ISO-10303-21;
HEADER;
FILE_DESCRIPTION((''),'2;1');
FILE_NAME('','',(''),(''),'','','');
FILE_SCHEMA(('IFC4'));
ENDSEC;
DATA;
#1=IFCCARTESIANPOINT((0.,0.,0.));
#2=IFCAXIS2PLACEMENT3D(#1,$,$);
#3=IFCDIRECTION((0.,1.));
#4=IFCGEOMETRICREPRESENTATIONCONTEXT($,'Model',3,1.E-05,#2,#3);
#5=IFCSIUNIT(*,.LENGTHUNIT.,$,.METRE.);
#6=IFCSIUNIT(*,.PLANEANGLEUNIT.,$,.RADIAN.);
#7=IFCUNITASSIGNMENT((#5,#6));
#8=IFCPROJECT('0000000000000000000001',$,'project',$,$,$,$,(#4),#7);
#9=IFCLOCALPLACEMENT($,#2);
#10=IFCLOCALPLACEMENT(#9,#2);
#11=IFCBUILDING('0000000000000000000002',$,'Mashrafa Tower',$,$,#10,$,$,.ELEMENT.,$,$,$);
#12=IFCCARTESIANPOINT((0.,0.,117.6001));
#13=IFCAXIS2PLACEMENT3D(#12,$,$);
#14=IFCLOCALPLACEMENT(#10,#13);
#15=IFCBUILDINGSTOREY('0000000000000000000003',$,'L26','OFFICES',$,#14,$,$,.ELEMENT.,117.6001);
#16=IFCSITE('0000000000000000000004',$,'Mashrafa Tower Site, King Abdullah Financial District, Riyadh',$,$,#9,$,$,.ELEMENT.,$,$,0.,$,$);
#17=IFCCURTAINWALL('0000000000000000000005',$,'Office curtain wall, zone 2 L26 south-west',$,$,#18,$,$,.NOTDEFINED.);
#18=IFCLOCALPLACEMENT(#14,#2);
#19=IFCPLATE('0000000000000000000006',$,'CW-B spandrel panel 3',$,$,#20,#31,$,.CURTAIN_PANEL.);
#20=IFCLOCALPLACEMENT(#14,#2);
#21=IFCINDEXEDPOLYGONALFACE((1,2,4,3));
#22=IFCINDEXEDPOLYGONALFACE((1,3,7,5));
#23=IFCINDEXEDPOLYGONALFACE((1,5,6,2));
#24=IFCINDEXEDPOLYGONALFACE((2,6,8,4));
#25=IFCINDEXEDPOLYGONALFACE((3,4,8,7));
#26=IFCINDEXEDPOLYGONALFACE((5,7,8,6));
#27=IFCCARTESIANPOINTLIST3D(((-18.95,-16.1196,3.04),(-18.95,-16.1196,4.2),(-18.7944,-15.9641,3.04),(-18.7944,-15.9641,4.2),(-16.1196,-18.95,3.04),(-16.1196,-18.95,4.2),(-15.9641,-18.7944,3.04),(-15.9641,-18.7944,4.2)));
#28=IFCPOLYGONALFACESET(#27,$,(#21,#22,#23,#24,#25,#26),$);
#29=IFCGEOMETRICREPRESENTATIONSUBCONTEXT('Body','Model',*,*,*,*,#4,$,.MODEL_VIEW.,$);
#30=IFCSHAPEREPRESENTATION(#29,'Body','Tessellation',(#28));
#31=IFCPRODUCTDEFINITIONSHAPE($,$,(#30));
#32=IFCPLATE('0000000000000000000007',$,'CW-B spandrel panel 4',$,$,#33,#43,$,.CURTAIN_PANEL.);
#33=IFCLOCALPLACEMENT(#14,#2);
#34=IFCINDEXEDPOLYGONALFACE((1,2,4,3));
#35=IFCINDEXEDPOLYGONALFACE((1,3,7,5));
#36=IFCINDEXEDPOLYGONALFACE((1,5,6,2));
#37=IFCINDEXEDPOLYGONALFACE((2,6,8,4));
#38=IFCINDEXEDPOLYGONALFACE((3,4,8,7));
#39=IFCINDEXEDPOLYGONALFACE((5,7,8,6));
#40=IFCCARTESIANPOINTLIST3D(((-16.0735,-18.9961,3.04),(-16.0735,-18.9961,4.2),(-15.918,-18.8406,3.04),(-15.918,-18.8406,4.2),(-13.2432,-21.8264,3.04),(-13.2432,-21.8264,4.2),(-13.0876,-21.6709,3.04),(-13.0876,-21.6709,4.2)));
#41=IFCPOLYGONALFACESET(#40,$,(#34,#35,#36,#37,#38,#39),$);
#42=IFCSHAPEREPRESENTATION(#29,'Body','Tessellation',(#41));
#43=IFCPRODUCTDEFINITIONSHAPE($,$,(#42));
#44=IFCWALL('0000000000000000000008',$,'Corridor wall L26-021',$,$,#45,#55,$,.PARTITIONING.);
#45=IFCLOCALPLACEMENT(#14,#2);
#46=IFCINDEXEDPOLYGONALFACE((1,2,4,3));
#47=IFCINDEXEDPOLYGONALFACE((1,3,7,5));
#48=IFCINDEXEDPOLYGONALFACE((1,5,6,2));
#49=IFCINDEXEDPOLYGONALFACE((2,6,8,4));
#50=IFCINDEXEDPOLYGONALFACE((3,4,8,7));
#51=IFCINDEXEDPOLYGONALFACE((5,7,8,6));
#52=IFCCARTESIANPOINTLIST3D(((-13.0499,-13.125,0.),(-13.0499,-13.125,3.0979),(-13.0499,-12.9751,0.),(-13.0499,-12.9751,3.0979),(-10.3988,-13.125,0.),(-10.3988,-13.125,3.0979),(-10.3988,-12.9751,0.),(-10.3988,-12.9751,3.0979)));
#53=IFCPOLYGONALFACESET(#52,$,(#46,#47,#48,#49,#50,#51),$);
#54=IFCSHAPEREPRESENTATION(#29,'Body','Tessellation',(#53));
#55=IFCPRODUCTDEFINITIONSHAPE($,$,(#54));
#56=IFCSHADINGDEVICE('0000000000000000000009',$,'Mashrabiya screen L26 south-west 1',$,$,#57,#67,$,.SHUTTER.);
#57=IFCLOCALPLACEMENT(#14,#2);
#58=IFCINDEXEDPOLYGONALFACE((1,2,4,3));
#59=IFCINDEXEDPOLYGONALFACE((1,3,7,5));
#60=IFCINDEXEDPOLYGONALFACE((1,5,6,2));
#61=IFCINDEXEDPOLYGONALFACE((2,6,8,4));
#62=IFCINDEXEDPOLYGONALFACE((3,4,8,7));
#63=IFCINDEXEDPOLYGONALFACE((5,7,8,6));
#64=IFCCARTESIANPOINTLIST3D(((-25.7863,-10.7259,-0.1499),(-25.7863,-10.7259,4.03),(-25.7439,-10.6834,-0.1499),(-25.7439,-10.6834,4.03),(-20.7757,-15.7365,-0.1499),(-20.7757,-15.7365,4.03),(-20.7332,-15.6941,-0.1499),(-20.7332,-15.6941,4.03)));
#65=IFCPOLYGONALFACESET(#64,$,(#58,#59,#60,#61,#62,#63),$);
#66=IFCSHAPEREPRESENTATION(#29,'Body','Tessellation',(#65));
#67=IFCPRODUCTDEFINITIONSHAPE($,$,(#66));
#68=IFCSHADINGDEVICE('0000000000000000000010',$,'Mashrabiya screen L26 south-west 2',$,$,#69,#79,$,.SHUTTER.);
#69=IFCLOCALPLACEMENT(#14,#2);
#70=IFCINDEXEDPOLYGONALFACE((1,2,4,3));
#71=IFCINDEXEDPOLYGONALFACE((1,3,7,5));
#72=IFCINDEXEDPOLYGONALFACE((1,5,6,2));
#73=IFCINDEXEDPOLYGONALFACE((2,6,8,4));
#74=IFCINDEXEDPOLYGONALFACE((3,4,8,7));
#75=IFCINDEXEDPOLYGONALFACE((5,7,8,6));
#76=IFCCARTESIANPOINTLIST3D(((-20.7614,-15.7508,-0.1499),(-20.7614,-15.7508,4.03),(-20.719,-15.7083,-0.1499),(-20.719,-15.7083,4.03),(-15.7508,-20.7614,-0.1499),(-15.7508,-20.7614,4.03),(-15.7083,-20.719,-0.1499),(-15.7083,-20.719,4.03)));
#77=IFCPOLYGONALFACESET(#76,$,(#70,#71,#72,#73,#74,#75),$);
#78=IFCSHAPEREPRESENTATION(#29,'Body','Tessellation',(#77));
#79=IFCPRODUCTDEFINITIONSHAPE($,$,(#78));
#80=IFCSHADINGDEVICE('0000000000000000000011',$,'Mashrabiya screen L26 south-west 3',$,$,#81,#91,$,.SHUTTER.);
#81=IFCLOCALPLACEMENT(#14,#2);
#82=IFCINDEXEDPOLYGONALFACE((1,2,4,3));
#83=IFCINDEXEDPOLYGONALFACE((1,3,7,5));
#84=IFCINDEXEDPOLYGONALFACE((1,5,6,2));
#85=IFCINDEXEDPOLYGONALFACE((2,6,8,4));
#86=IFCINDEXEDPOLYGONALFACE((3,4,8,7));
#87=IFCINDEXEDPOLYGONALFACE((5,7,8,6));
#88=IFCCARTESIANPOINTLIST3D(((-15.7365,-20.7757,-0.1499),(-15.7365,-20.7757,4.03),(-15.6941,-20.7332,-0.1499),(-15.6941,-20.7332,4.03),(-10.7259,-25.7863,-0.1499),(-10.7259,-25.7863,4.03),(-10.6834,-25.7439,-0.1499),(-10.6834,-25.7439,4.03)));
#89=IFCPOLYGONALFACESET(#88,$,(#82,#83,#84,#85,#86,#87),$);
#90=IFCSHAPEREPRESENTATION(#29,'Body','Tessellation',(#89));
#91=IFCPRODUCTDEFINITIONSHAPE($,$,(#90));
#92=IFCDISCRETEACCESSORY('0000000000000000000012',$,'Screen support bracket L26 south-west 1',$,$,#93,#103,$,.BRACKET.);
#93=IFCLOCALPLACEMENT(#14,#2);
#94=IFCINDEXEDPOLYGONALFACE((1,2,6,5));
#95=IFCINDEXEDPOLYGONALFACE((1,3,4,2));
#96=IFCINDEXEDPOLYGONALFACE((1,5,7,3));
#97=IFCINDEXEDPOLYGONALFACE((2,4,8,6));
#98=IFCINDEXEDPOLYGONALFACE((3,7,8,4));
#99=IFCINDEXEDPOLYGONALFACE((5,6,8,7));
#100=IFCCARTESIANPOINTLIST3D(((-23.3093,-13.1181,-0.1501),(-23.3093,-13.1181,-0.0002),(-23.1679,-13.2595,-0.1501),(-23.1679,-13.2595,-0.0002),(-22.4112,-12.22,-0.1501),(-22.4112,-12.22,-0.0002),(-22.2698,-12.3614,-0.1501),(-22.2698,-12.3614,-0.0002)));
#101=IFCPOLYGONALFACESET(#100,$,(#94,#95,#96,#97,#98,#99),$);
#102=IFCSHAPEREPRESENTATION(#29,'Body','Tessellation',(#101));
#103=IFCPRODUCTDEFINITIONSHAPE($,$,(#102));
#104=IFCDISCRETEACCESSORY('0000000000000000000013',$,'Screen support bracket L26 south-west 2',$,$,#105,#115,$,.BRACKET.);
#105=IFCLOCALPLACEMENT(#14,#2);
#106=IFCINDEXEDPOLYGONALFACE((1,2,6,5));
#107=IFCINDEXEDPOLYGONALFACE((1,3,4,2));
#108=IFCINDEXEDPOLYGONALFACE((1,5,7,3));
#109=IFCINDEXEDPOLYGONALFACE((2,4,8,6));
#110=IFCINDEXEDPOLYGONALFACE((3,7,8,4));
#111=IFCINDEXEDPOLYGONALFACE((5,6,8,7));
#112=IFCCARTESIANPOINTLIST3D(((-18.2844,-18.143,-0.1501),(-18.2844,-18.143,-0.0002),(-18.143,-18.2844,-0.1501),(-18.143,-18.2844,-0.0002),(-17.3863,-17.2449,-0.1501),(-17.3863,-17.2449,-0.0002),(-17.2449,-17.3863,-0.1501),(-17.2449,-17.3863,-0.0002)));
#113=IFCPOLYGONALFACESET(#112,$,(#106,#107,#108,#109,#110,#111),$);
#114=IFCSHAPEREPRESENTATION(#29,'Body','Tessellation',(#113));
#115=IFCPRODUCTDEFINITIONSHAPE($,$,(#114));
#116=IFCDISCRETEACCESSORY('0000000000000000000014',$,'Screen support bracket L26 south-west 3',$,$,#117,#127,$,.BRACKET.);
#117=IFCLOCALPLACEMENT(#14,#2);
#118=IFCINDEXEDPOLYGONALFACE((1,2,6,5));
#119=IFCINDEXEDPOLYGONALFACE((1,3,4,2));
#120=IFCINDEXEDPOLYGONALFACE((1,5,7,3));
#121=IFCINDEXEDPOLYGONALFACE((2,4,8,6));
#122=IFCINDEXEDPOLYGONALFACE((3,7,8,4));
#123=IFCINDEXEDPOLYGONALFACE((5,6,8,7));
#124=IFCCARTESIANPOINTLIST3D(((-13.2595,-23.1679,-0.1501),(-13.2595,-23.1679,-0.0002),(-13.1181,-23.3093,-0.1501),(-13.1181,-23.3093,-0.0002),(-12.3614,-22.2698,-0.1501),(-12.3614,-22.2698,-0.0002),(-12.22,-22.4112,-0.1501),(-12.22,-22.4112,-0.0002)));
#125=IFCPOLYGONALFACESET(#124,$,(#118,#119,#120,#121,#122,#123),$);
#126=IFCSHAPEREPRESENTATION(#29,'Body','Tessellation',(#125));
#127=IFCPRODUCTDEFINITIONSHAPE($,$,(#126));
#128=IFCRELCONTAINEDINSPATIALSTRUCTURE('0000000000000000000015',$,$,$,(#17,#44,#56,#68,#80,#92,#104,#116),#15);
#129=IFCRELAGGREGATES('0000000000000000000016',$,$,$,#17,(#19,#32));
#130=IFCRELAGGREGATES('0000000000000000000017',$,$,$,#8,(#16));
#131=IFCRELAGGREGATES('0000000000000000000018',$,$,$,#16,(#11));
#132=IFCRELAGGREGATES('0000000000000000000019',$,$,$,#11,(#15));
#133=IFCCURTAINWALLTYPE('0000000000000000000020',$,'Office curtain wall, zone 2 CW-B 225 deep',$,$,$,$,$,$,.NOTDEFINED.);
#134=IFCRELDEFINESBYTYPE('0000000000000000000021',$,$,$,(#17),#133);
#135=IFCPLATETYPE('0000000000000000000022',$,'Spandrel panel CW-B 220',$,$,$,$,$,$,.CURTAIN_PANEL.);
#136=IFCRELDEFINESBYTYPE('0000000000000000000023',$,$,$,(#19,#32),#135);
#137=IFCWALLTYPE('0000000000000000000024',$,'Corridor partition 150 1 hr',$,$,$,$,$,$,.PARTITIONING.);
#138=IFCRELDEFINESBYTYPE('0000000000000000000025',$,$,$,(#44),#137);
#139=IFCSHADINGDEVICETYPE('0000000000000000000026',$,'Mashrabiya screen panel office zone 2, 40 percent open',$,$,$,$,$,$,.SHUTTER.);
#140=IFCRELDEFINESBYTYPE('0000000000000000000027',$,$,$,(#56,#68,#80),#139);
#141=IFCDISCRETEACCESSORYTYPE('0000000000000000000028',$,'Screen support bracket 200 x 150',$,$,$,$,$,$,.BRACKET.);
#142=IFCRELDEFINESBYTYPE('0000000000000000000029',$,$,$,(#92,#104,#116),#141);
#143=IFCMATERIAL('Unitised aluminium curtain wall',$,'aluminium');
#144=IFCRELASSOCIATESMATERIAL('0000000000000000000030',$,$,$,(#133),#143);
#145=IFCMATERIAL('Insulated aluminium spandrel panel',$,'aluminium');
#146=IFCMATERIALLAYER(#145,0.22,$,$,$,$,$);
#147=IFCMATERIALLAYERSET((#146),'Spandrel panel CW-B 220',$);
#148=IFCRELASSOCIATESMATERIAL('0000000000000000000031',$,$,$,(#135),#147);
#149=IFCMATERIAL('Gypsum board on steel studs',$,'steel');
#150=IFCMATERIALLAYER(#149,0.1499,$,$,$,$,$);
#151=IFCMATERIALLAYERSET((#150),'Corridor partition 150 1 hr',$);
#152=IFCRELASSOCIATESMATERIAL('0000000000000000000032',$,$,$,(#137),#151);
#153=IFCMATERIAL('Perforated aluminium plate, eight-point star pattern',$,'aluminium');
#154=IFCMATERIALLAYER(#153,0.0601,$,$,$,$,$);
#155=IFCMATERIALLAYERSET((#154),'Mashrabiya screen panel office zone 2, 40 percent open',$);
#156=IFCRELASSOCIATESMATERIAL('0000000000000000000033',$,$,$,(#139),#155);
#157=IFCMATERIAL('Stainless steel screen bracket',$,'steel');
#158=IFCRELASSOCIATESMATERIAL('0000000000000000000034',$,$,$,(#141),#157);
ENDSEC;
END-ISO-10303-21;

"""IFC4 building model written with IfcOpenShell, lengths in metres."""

from ifc_helpers import new_model, si_unit, direction, frame, frame_2d, origin, origin_2d, place, context, subcontext, project, spatial, rectangle, extrude, source, transform, mapped, material, layer, layer_set, type_object, type_shapes, element, aggregate, save


model = new_model("IFC4")

# Units and contexts
model_context = context("Model", 3, precision=1e-05, world=origin(), true_north=direction((0.0, 1.0)))
body_context = subcontext(model_context, "Body", "Model", "MODEL_VIEW")
ifc_project = project(units=[si_unit("LENGTHUNIT", "METRE"), si_unit("PLANEANGLEUNIT", "RADIAN")], contexts=[model_context])

# Site, building, storey
site_placement = place(None, origin())
site = spatial("IfcSite", under=ifc_project, at=site_placement, Name="Mashrafa Tower Site, King Abdullah Financial District, Riyadh", CompositionType="ELEMENT", RefElevation=0.0)
building_placement = place(site_placement, origin())
building = spatial("IfcBuilding", under=site, at=building_placement, Name="Mashrafa Tower", CompositionType="ELEMENT")
storey_placement = place(building_placement, frame((0.0, 0.0, 117.6001)))
storey = spatial("IfcBuildingStorey", under=building, at=storey_placement, Name="L26", Description="OFFICES", CompositionType="ELEMENT", Elevation=117.6001)

# Curtain wall, plates
ifc_material_1 = material(Name="Unitised aluminium curtain wall", Category="aluminium")
curtain_wall_type = type_object("IfcCurtainWallType", Name="Office curtain wall, zone 2 CW-B 225 deep", PredefinedType="NOTDEFINED", material=ifc_material_1)
curtain_wall_placement = place(storey_placement, origin())
curtain_wall = element("IfcCurtainWall", 1, at=curtain_wall_placement, inside=storey, type_object=curtain_wall_type, Name="Office curtain wall, zone 2 L26 south-west", PredefinedType="NOTDEFINED")
ifc_material_2 = material(Name="Insulated aluminium spandrel panel", Category="aluminium")
ifc_layer_1 = layer(ifc_material_2, 0.22)
ifc_layer_set_1 = layer_set([ifc_layer_1], Name="Spandrel panel CW-B 220")
plate_type_1 = type_object("IfcPlateType", Name="Spandrel panel CW-B 220", PredefinedType="CURTAIN_PANEL", material=ifc_layer_set_1)
shared_shape_1 = source(origin(), body_context, "Body", "SweptSolid", [
    extrude(rectangle(XDim=4.0027, YDim=0.22, at=origin_2d()), origin(), (0.0, 0.0, 1.0), 1.1599),
])
plate_1_placement = place(storey_placement, frame((-17.457, -17.457, 3.04), z_axis=(0.0, 0.0, 1.0), x_axis=(0.707107, -0.707107, 0.0)))
plate_1 = element("IfcPlate", 2, at=plate_1_placement, type_object=plate_type_1, Name="CW-B spandrel panel 3", PredefinedType="CURTAIN_PANEL", context=body_context, shape_type="MappedRepresentation", body=[
    mapped(shared_shape_1, transform((0.0, 0.0, 0.0))),
])
plate_2_placement = place(storey_placement, frame((-14.5806, -20.3335, 3.04), z_axis=(0.0, 0.0, 1.0), x_axis=(0.707107, -0.707107, 0.0)))
plate_2 = element("IfcPlate", 3, at=plate_2_placement, type_object=plate_type_1, Name="CW-B spandrel panel 4", PredefinedType="CURTAIN_PANEL", context=body_context, shape_type="MappedRepresentation", body=[
    mapped(shared_shape_1, transform((0.0, 0.0, 0.0))),
])
aggregate(curtain_wall, [plate_1, plate_2])

# Wall
ifc_material_3 = material(Name="Gypsum board on steel studs", Category="steel")
ifc_layer_2 = layer(ifc_material_3, 0.1499)
ifc_layer_set_2 = layer_set([ifc_layer_2], Name="Corridor partition 150 1 hr")
wall_type = type_object("IfcWallType", Name="Corridor partition 150 1 hr", PredefinedType="PARTITIONING", material=ifc_layer_set_2)
wall_placement = place(storey_placement, frame((-13.05, -13.05, 0.0), z_axis=(0.0, 0.0, 1.0), x_axis=(1.0, 0.0, 0.0)))
element("IfcWall", 4, at=wall_placement, inside=storey, type_object=wall_type, Name="Corridor wall L26-021", PredefinedType="PARTITIONING", context=body_context, shape_type="SweptSolid", body=[
    extrude(rectangle(XDim=2.6511, YDim=0.1499, at=frame_2d((1.3257, 0.0))), origin(), (0.0, 0.0, 1.0), 3.0979),
])

# Shading devices
ifc_material_4 = material(Name="Perforated aluminium plate, eight-point star pattern", Category="aluminium")
ifc_layer_3 = layer(ifc_material_4, 0.0601)
ifc_layer_set_3 = layer_set([ifc_layer_3], Name="Mashrabiya screen panel office zone 2, 40 percent open")
shading_device_type = type_object("IfcShadingDeviceType", Name="Mashrabiya screen panel office zone 2, 40 percent open", PredefinedType="SHUTTER", material=ifc_layer_set_3)
shared_shape_2 = source(origin(), body_context, "Body", "SweptSolid", [
    extrude(rectangle(XDim=7.0862, YDim=0.0601, at=origin_2d()), origin(), (0.0, 0.0, 1.0), 4.1799),
])
type_shapes(shading_device_type, [shared_shape_2])
for number, where, z_axis, x_axis, name in (
    (5, (-23.2598, -13.21, -0.1499), (0.0, 0.0, 1.0), (0.707107, -0.707107, 0.0), "Mashrabiya screen L26 south-west 1"),
    (6, (-18.2349, -18.2349, -0.1499), (0.0, 0.0, 1.0), (0.707107, -0.707107, 0.0), "Mashrabiya screen L26 south-west 2"),
    (7, (-13.21, -23.2598, -0.1499), (0.0, 0.0, 1.0), (0.707107, -0.707107, 0.0), "Mashrabiya screen L26 south-west 3"),
):
    element("IfcShadingDevice", number, at=place(storey_placement, frame(where, z_axis=z_axis, x_axis=x_axis)), inside=storey, type_object=shading_device_type, Name=name, PredefinedType="SHUTTER", context=body_context, shape_type="MappedRepresentation", body=[
        mapped(shared_shape_2, transform((0.0, 0.0, 0.0))),
    ])

# Discrete accessories
ifc_material_5 = material(Name="Stainless steel screen bracket", Category="steel")
discrete_accessory_type = type_object("IfcDiscreteAccessoryType", Name="Screen support bracket 200 x 150", PredefinedType="BRACKET", material=ifc_material_5)
shared_shape_3 = source(origin(), body_context, "Body", "SweptSolid", [
    extrude(rectangle(XDim=0.2, YDim=1.27, at=origin_2d()), origin(), (0.0, 0.0, 1.0), 0.1499),
])
type_shapes(discrete_accessory_type, [shared_shape_3])
for number, where, z_axis, x_axis, name in (
    (8, (-22.7896, -12.7397, -0.1501), (0.0, 0.0, 1.0), (0.707107, -0.707107, 0.0), "Screen support bracket L26 south-west 1"),
    (9, (-17.7646, -17.7646, -0.1501), (0.0, 0.0, 1.0), (0.707107, -0.707107, 0.0), "Screen support bracket L26 south-west 2"),
    (10, (-12.7397, -22.7896, -0.1501), (0.0, 0.0, 1.0), (0.707107, -0.707107, 0.0), "Screen support bracket L26 south-west 3"),
):
    element("IfcDiscreteAccessory", number, at=place(storey_placement, frame(where, z_axis=z_axis, x_axis=x_axis)), inside=storey, type_object=discrete_accessory_type, Name=name, PredefinedType="BRACKET", context=body_context, shape_type="MappedRepresentation", body=[
        mapped(shared_shape_3, transform((0.0, 0.0, 0.0))),
    ])

save(model, "model.ifc")
